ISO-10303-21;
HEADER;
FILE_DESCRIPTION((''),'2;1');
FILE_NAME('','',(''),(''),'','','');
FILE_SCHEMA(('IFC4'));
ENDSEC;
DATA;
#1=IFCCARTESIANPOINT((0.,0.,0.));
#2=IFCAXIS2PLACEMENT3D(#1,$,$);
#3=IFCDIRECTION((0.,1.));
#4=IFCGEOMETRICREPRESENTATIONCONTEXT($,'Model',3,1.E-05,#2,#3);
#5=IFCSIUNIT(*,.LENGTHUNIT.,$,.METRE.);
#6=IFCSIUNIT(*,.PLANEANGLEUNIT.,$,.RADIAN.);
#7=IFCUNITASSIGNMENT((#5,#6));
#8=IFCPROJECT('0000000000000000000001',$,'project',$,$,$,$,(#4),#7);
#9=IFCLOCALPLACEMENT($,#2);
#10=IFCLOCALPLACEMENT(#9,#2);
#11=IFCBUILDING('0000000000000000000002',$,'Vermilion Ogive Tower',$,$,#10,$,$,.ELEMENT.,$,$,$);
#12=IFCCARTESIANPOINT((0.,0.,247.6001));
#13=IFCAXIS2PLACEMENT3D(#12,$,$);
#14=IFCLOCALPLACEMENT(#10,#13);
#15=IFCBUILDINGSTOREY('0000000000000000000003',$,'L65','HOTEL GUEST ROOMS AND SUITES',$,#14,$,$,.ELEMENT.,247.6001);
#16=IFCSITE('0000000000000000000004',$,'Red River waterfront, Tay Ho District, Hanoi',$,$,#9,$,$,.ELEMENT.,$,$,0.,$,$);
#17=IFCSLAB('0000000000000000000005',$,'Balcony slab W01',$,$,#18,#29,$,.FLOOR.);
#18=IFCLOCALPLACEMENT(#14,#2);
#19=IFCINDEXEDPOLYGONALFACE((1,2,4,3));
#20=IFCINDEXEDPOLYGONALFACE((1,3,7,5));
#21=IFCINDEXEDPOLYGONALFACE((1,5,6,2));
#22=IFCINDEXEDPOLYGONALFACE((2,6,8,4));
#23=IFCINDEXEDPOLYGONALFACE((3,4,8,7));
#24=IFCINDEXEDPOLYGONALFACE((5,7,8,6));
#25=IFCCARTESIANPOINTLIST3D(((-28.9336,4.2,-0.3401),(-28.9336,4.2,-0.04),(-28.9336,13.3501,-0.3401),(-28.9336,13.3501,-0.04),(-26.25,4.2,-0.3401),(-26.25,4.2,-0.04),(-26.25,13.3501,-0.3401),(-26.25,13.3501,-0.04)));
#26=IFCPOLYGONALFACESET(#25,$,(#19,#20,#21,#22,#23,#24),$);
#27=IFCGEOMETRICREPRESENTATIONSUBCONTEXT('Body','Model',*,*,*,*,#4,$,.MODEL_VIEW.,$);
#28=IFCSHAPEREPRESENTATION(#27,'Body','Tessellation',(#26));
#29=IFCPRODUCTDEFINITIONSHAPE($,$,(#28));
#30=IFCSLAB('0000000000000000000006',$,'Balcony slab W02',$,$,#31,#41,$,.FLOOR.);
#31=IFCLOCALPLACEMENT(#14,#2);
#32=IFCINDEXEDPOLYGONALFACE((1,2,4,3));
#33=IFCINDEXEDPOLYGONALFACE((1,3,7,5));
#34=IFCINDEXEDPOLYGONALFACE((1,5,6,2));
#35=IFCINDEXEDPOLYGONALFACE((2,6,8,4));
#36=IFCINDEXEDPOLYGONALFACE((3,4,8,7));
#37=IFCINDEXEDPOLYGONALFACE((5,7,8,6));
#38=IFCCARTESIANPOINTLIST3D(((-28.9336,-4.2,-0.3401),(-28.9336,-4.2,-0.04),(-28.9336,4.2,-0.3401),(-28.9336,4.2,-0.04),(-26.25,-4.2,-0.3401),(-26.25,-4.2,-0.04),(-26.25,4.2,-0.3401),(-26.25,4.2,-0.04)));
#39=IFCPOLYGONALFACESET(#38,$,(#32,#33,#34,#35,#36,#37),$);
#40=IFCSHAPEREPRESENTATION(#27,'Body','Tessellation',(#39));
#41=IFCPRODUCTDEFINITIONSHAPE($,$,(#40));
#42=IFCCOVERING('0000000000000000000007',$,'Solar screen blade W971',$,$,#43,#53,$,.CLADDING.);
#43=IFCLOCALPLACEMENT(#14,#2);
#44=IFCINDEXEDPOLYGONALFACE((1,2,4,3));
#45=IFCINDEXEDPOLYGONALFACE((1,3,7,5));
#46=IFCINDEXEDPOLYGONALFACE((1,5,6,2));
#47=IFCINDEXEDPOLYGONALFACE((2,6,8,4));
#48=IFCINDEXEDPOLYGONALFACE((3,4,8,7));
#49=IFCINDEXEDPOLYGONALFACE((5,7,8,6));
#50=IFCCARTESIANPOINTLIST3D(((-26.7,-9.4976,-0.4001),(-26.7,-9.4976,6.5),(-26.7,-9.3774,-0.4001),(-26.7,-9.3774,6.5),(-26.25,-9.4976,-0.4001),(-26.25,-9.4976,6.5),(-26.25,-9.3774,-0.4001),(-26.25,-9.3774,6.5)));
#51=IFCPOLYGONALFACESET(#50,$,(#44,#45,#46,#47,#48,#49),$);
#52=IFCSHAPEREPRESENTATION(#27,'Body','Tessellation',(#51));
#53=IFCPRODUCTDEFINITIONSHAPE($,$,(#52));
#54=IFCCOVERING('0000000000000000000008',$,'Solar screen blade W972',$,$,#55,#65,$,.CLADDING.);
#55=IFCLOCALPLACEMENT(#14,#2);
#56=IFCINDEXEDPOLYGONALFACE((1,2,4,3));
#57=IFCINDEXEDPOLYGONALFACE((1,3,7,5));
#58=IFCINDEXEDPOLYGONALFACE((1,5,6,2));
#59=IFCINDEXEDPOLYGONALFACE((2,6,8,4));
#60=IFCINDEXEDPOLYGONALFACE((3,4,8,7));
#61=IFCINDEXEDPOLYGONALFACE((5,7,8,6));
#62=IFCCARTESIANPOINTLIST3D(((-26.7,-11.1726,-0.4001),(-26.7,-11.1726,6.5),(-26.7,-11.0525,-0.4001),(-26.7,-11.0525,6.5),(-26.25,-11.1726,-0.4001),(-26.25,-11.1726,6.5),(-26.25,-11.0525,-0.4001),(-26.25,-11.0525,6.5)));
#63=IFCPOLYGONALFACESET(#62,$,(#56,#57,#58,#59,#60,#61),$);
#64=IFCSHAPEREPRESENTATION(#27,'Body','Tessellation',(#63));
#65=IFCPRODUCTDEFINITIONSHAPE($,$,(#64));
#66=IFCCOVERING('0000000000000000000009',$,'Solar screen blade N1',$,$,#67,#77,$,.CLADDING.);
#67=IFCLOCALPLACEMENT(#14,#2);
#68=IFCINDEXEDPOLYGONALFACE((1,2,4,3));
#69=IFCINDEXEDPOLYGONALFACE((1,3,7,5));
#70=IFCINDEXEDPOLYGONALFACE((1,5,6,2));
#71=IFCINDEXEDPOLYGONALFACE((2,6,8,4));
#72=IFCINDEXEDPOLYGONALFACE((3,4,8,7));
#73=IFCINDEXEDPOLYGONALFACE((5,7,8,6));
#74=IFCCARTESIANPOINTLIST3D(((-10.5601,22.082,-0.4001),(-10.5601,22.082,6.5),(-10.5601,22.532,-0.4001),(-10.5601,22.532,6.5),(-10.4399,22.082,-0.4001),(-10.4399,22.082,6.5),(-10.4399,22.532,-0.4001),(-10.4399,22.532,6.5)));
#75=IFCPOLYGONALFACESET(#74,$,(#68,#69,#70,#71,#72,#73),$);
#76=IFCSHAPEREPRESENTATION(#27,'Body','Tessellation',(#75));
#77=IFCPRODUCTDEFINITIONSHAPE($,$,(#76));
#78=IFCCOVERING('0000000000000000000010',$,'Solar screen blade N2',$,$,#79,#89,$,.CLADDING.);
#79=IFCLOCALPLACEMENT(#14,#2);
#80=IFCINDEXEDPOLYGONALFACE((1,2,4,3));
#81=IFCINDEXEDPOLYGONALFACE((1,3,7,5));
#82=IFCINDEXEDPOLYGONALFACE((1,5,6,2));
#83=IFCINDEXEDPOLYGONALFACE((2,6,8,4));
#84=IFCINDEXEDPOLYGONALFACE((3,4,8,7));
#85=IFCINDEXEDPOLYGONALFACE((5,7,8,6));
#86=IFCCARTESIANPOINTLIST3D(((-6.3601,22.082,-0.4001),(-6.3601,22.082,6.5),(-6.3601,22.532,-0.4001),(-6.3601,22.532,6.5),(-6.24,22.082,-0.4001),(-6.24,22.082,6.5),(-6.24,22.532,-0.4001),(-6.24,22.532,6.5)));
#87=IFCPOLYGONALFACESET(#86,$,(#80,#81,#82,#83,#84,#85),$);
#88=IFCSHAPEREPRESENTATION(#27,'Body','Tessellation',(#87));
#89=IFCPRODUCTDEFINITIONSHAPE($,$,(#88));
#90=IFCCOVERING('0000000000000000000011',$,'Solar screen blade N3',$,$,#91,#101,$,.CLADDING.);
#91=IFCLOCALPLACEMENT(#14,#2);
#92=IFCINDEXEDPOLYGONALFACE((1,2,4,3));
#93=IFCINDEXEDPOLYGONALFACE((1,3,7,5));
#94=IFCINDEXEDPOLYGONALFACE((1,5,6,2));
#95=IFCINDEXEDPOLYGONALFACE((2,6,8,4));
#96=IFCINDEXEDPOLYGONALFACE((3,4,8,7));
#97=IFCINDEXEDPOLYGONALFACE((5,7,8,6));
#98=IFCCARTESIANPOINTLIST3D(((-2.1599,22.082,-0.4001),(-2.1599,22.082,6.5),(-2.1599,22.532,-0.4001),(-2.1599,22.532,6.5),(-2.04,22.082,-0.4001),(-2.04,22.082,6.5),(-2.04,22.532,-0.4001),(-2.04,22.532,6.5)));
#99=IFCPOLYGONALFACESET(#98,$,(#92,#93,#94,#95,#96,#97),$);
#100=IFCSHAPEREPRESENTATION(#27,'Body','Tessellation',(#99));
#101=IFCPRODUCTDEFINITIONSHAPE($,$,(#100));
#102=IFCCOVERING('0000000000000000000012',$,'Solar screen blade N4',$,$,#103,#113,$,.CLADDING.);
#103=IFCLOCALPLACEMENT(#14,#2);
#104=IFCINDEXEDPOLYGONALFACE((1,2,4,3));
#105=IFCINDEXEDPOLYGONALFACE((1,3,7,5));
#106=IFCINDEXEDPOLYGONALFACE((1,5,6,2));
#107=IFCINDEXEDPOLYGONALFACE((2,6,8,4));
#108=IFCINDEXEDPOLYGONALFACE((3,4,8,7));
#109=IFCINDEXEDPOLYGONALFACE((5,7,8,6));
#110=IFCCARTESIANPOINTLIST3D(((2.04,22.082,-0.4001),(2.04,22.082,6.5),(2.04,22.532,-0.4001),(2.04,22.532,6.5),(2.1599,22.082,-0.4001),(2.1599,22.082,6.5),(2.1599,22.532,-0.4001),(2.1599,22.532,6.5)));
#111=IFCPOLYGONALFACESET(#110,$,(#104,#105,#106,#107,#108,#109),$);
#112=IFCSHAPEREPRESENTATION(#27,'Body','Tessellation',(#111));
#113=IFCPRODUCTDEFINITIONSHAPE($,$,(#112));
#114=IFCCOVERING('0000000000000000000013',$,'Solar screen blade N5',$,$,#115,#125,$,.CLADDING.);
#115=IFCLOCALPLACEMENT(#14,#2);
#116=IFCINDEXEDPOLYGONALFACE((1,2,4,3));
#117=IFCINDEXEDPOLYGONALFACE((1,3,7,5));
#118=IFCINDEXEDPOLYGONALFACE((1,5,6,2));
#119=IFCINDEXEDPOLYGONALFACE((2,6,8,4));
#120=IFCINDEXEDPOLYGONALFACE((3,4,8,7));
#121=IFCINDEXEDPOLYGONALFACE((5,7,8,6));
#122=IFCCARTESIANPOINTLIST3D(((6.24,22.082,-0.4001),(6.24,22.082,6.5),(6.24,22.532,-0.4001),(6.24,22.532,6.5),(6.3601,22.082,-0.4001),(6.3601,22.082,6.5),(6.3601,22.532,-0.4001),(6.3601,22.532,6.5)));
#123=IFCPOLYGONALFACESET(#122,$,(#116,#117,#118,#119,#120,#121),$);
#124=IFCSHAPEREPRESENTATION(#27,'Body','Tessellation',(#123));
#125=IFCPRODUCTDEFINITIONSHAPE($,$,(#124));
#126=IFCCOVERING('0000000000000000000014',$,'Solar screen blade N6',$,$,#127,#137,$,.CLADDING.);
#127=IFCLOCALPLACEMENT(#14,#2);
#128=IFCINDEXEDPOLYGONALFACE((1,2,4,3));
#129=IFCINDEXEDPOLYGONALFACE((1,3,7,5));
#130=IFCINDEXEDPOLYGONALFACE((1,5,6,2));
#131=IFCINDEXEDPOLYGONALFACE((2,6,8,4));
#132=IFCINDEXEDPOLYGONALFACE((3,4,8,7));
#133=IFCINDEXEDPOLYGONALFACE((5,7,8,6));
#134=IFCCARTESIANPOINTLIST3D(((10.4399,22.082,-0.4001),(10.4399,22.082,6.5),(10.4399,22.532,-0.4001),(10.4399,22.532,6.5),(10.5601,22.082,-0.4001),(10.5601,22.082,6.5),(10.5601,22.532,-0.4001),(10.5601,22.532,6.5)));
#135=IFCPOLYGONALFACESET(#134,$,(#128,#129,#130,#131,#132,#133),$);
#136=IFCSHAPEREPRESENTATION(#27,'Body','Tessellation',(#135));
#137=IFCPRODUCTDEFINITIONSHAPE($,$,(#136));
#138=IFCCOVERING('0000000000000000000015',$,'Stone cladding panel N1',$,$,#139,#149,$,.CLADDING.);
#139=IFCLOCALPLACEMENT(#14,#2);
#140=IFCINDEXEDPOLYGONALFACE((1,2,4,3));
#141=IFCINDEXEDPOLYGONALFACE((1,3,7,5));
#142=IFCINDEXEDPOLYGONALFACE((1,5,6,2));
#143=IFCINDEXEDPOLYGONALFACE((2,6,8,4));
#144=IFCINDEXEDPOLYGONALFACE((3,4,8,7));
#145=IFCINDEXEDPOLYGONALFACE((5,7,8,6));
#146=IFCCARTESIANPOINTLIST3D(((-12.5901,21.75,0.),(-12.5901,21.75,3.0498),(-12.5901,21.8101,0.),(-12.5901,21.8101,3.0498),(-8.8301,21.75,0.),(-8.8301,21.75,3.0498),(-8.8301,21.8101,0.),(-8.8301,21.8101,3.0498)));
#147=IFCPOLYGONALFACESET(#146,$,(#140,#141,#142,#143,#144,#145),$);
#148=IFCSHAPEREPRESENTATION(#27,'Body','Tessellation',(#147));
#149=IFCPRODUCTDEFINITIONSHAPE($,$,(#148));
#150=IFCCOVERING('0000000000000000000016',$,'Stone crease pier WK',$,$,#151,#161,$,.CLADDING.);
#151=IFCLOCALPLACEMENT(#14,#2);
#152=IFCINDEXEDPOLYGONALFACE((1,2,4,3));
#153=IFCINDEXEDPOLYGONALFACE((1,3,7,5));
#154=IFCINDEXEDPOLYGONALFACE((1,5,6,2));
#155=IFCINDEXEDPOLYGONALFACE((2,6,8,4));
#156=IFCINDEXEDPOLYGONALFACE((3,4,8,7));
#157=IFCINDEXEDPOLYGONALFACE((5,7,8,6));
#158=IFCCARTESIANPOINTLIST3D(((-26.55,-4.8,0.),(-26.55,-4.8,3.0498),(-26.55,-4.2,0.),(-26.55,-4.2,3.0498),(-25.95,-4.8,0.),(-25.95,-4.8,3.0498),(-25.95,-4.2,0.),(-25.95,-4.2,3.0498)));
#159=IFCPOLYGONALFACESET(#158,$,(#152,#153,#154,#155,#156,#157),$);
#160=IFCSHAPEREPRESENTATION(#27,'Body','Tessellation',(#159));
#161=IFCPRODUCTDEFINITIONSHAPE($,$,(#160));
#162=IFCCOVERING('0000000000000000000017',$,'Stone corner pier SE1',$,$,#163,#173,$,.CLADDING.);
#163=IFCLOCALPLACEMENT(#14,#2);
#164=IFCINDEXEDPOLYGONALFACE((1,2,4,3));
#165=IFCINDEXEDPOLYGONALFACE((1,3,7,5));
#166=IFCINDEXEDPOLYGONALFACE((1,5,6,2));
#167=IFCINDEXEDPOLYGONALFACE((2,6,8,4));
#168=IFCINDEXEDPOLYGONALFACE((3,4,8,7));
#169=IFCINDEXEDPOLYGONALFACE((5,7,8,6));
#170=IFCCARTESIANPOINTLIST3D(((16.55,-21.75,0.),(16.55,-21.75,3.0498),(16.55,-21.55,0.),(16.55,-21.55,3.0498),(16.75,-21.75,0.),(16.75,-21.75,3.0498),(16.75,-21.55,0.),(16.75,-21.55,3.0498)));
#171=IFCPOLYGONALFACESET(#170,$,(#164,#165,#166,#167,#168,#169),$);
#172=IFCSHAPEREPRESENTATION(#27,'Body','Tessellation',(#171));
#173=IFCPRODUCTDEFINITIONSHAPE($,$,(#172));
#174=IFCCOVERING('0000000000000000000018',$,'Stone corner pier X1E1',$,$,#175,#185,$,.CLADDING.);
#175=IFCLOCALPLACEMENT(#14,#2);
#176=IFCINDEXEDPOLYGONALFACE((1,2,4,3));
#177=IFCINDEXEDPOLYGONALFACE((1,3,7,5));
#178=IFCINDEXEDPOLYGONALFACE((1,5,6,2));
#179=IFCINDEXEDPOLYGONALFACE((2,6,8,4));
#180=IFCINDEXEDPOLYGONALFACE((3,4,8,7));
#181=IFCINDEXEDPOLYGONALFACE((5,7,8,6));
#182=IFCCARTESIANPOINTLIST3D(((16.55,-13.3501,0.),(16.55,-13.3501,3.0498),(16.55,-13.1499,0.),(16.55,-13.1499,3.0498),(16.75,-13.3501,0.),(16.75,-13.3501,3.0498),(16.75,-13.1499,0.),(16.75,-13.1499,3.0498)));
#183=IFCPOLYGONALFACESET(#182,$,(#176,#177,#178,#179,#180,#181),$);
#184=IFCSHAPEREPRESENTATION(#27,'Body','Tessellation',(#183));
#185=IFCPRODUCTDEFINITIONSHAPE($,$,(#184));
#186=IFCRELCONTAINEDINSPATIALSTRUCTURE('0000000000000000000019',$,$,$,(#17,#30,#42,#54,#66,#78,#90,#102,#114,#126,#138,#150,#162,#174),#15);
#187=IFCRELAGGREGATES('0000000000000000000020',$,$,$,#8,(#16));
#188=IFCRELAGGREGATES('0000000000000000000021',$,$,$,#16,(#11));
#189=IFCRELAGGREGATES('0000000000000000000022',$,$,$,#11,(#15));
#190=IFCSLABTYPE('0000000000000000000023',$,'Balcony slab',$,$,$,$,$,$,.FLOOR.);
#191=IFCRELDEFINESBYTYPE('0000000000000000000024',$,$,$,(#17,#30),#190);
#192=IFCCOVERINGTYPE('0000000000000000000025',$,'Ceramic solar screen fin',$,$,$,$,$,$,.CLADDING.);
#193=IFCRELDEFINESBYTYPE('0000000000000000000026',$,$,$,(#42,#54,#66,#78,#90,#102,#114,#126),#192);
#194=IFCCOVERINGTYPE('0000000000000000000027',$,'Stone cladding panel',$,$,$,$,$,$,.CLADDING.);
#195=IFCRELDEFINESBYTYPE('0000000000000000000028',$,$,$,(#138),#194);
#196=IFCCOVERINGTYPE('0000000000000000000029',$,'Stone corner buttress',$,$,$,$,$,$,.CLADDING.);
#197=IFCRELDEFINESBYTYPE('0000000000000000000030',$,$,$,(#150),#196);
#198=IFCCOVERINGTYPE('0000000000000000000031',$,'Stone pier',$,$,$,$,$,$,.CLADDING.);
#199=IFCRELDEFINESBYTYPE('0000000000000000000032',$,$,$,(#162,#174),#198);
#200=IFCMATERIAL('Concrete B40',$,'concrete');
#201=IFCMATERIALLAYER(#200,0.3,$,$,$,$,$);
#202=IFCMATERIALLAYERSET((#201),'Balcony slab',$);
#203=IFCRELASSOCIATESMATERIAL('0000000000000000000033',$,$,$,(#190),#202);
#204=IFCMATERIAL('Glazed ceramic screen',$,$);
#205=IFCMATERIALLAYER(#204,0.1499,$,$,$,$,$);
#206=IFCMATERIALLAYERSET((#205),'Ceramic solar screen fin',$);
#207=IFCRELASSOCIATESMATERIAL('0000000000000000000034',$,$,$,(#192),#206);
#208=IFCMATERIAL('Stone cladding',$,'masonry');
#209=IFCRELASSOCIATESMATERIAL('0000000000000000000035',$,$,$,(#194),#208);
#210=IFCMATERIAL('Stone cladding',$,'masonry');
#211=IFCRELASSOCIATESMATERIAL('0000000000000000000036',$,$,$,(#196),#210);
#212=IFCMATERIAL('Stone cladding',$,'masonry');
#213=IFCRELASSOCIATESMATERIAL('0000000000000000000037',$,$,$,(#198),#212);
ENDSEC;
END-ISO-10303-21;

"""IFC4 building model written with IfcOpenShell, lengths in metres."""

from ifc_helpers import new_model, si_unit, direction, frame, origin, place, context, subcontext, project, spatial, polyline, outline, extrude, material, layer, layer_set, type_object, element, save


model = new_model("IFC4")

# Units and contexts
model_context = context("Model", 3, precision=1e-05, world=origin(), true_north=direction((0.0, 1.0)))
body_context = subcontext(model_context, "Body", "Model", "MODEL_VIEW")
ifc_project = project(units=[si_unit("LENGTHUNIT", "METRE"), si_unit("PLANEANGLEUNIT", "RADIAN")], contexts=[model_context])

# Site, building, storey
site_placement = place(None, origin())
site = spatial("IfcSite", under=ifc_project, at=site_placement, Name="Red River waterfront, Tay Ho District, Hanoi", CompositionType="ELEMENT", RefElevation=0.0)
building_placement = place(site_placement, origin())
building = spatial("IfcBuilding", under=site, at=building_placement, Name="Vermilion Ogive Tower", CompositionType="ELEMENT")
storey_placement = place(building_placement, frame((0.0, 0.0, 247.6001)))
storey = spatial("IfcBuildingStorey", under=building, at=storey_placement, Name="L65", Description="HOTEL GUEST ROOMS AND SUITES", CompositionType="ELEMENT", Elevation=247.6001)

# Slabs
ifc_material_1 = material(Name="Concrete B40", Category="concrete")
ifc_layer_1 = layer(ifc_material_1, 0.3)
ifc_layer_set_1 = layer_set([ifc_layer_1], Name="Balcony slab")
slab_type = type_object("IfcSlabType", Name="Balcony slab", PredefinedType="FLOOR", material=ifc_layer_set_1)
slab_1_placement = place(storey_placement, frame((0.0, 0.0, -0.3401)))
element("IfcSlab", 1, at=slab_1_placement, inside=storey, type_object=slab_type, Name="Balcony slab W01", PredefinedType="FLOOR", context=body_context, shape_type="SweptSolid", body=[
    extrude(outline(polyline([(-28.9336, 13.3501), (-28.9336, 4.2), (-26.25, 4.2), (-26.25, 13.3501), (-28.9336, 13.3501)])), origin(), (0.0, 0.0, 1.0), 0.3),
])
slab_2_placement = place(storey_placement, frame((0.0, 0.0, -0.3401)))
element("IfcSlab", 2, at=slab_2_placement, inside=storey, type_object=slab_type, Name="Balcony slab W02", PredefinedType="FLOOR", context=body_context, shape_type="SweptSolid", body=[
    extrude(outline(polyline([(-28.9336, 4.2), (-28.9336, -4.2), (-26.25, -4.2), (-26.25, 4.2), (-28.9336, 4.2)])), origin(), (0.0, 0.0, 1.0), 0.3),
])

# Coverings
ifc_material_2 = material(Name="Glazed ceramic screen")
ifc_layer_2 = layer(ifc_material_2, 0.1499)
ifc_layer_set_2 = layer_set([ifc_layer_2], Name="Ceramic solar screen fin")
covering_type_1 = type_object("IfcCoveringType", Name="Ceramic solar screen fin", PredefinedType="CLADDING", material=ifc_layer_set_2)
covering_1_placement = place(storey_placement, frame((0.0, 0.0, -0.4001)))
element("IfcCovering", 3, at=covering_1_placement, inside=storey, type_object=covering_type_1, Name="Solar screen blade W971", PredefinedType="CLADDING", context=body_context, shape_type="SweptSolid", body=[
    extrude(outline(polyline([(-26.7, -9.3774), (-26.7, -9.4976), (-26.25, -9.4976), (-26.25, -9.3774), (-26.7, -9.3774)])), origin(), (0.0, 0.0, 1.0), 6.9001),
])
covering_2_placement = place(storey_placement, frame((0.0, 0.0, -0.4001)))
element("IfcCovering", 4, at=covering_2_placement, inside=storey, type_object=covering_type_1, Name="Solar screen blade W972", PredefinedType="CLADDING", context=body_context, shape_type="SweptSolid", body=[
    extrude(outline(polyline([(-26.7, -11.0525), (-26.7, -11.1726), (-26.25, -11.1726), (-26.25, -11.0525), (-26.7, -11.0525)])), origin(), (0.0, 0.0, 1.0), 6.9001),
])
covering_3_placement = place(storey_placement, frame((0.0, 0.0, -0.4001)))
element("IfcCovering", 5, at=covering_3_placement, inside=storey, type_object=covering_type_1, Name="Solar screen blade N1", PredefinedType="CLADDING", context=body_context, shape_type="SweptSolid", body=[
    extrude(outline(polyline([(-10.5601, 22.082), (-10.4399, 22.082), (-10.4399, 22.532), (-10.5601, 22.532), (-10.5601, 22.082)])), origin(), (0.0, 0.0, 1.0), 6.9001),
])
covering_4_placement = place(storey_placement, frame((0.0, 0.0, -0.4001)))
element("IfcCovering", 6, at=covering_4_placement, inside=storey, type_object=covering_type_1, Name="Solar screen blade N2", PredefinedType="CLADDING", context=body_context, shape_type="SweptSolid", body=[
    extrude(outline(polyline([(-6.3601, 22.082), (-6.24, 22.082), (-6.24, 22.532), (-6.3601, 22.532), (-6.3601, 22.082)])), origin(), (0.0, 0.0, 1.0), 6.9001),
])
covering_5_placement = place(storey_placement, frame((0.0, 0.0, -0.4001)))
element("IfcCovering", 7, at=covering_5_placement, inside=storey, type_object=covering_type_1, Name="Solar screen blade N3", PredefinedType="CLADDING", context=body_context, shape_type="SweptSolid", body=[
    extrude(outline(polyline([(-2.1599, 22.082), (-2.04, 22.082), (-2.04, 22.532), (-2.1599, 22.532), (-2.1599, 22.082)])), origin(), (0.0, 0.0, 1.0), 6.9001),
])
covering_6_placement = place(storey_placement, frame((0.0, 0.0, -0.4001)))
element("IfcCovering", 8, at=covering_6_placement, inside=storey, type_object=covering_type_1, Name="Solar screen blade N4", PredefinedType="CLADDING", context=body_context, shape_type="SweptSolid", body=[
    extrude(outline(polyline([(2.04, 22.082), (2.1599, 22.082), (2.1599, 22.532), (2.04, 22.532), (2.04, 22.082)])), origin(), (0.0, 0.0, 1.0), 6.9001),
])
covering_7_placement = place(storey_placement, frame((0.0, 0.0, -0.4001)))
element("IfcCovering", 9, at=covering_7_placement, inside=storey, type_object=covering_type_1, Name="Solar screen blade N5", PredefinedType="CLADDING", context=body_context, shape_type="SweptSolid", body=[
    extrude(outline(polyline([(6.24, 22.082), (6.3601, 22.082), (6.3601, 22.532), (6.24, 22.532), (6.24, 22.082)])), origin(), (0.0, 0.0, 1.0), 6.9001),
])
covering_8_placement = place(storey_placement, frame((0.0, 0.0, -0.4001)))
element("IfcCovering", 10, at=covering_8_placement, inside=storey, type_object=covering_type_1, Name="Solar screen blade N6", PredefinedType="CLADDING", context=body_context, shape_type="SweptSolid", body=[
    extrude(outline(polyline([(10.4399, 22.082), (10.5601, 22.082), (10.5601, 22.532), (10.4399, 22.532), (10.4399, 22.082)])), origin(), (0.0, 0.0, 1.0), 6.9001),
])
ifc_material_3 = material(Name="Stone cladding", Category="masonry")
covering_type_2 = type_object("IfcCoveringType", Name="Stone cladding panel", PredefinedType="CLADDING", material=ifc_material_3)
covering_9_placement = place(storey_placement, origin())
element("IfcCovering", 11, at=covering_9_placement, inside=storey, type_object=covering_type_2, Name="Stone cladding panel N1", PredefinedType="CLADDING", context=body_context, shape_type="SweptSolid", body=[
    extrude(outline(polyline([(-12.5901, 21.75), (-8.8301, 21.75), (-8.8301, 21.8101), (-12.5901, 21.8101), (-12.5901, 21.75)])), origin(), (0.0, 0.0, 1.0), 3.0498),
])
ifc_material_4 = material(Name="Stone cladding", Category="masonry")
covering_type_3 = type_object("IfcCoveringType", Name="Stone corner buttress", PredefinedType="CLADDING", material=ifc_material_4)
covering_10_placement = place(storey_placement, origin())
element("IfcCovering", 12, at=covering_10_placement, inside=storey, type_object=covering_type_3, Name="Stone crease pier WK", PredefinedType="CLADDING", context=body_context, shape_type="SweptSolid", body=[
    extrude(outline(polyline([(-26.55, -4.2), (-26.55, -4.8), (-25.95, -4.8), (-25.95, -4.2), (-26.55, -4.2)])), origin(), (0.0, 0.0, 1.0), 3.0498),
])
ifc_material_5 = material(Name="Stone cladding", Category="masonry")
covering_type_4 = type_object("IfcCoveringType", Name="Stone pier", PredefinedType="CLADDING", material=ifc_material_5)
covering_11_placement = place(storey_placement, origin())
element("IfcCovering", 13, at=covering_11_placement, inside=storey, type_object=covering_type_4, Name="Stone corner pier SE1", PredefinedType="CLADDING", context=body_context, shape_type="SweptSolid", body=[
    extrude(outline(polyline([(16.55, -21.55), (16.75, -21.55), (16.75, -21.75), (16.55, -21.75), (16.55, -21.55)])), origin(), (0.0, 0.0, 1.0), 3.0498),
])
covering_12_placement = place(storey_placement, origin())
element("IfcCovering", 14, at=covering_12_placement, inside=storey, type_object=covering_type_4, Name="Stone corner pier X1E1", PredefinedType="CLADDING", context=body_context, shape_type="SweptSolid", body=[
    extrude(outline(polyline([(16.55, -13.1499), (16.75, -13.1499), (16.75, -13.3501), (16.55, -13.3501), (16.55, -13.1499)])), origin(), (0.0, 0.0, 1.0), 3.0498),
])

save(model, "model.ifc")
